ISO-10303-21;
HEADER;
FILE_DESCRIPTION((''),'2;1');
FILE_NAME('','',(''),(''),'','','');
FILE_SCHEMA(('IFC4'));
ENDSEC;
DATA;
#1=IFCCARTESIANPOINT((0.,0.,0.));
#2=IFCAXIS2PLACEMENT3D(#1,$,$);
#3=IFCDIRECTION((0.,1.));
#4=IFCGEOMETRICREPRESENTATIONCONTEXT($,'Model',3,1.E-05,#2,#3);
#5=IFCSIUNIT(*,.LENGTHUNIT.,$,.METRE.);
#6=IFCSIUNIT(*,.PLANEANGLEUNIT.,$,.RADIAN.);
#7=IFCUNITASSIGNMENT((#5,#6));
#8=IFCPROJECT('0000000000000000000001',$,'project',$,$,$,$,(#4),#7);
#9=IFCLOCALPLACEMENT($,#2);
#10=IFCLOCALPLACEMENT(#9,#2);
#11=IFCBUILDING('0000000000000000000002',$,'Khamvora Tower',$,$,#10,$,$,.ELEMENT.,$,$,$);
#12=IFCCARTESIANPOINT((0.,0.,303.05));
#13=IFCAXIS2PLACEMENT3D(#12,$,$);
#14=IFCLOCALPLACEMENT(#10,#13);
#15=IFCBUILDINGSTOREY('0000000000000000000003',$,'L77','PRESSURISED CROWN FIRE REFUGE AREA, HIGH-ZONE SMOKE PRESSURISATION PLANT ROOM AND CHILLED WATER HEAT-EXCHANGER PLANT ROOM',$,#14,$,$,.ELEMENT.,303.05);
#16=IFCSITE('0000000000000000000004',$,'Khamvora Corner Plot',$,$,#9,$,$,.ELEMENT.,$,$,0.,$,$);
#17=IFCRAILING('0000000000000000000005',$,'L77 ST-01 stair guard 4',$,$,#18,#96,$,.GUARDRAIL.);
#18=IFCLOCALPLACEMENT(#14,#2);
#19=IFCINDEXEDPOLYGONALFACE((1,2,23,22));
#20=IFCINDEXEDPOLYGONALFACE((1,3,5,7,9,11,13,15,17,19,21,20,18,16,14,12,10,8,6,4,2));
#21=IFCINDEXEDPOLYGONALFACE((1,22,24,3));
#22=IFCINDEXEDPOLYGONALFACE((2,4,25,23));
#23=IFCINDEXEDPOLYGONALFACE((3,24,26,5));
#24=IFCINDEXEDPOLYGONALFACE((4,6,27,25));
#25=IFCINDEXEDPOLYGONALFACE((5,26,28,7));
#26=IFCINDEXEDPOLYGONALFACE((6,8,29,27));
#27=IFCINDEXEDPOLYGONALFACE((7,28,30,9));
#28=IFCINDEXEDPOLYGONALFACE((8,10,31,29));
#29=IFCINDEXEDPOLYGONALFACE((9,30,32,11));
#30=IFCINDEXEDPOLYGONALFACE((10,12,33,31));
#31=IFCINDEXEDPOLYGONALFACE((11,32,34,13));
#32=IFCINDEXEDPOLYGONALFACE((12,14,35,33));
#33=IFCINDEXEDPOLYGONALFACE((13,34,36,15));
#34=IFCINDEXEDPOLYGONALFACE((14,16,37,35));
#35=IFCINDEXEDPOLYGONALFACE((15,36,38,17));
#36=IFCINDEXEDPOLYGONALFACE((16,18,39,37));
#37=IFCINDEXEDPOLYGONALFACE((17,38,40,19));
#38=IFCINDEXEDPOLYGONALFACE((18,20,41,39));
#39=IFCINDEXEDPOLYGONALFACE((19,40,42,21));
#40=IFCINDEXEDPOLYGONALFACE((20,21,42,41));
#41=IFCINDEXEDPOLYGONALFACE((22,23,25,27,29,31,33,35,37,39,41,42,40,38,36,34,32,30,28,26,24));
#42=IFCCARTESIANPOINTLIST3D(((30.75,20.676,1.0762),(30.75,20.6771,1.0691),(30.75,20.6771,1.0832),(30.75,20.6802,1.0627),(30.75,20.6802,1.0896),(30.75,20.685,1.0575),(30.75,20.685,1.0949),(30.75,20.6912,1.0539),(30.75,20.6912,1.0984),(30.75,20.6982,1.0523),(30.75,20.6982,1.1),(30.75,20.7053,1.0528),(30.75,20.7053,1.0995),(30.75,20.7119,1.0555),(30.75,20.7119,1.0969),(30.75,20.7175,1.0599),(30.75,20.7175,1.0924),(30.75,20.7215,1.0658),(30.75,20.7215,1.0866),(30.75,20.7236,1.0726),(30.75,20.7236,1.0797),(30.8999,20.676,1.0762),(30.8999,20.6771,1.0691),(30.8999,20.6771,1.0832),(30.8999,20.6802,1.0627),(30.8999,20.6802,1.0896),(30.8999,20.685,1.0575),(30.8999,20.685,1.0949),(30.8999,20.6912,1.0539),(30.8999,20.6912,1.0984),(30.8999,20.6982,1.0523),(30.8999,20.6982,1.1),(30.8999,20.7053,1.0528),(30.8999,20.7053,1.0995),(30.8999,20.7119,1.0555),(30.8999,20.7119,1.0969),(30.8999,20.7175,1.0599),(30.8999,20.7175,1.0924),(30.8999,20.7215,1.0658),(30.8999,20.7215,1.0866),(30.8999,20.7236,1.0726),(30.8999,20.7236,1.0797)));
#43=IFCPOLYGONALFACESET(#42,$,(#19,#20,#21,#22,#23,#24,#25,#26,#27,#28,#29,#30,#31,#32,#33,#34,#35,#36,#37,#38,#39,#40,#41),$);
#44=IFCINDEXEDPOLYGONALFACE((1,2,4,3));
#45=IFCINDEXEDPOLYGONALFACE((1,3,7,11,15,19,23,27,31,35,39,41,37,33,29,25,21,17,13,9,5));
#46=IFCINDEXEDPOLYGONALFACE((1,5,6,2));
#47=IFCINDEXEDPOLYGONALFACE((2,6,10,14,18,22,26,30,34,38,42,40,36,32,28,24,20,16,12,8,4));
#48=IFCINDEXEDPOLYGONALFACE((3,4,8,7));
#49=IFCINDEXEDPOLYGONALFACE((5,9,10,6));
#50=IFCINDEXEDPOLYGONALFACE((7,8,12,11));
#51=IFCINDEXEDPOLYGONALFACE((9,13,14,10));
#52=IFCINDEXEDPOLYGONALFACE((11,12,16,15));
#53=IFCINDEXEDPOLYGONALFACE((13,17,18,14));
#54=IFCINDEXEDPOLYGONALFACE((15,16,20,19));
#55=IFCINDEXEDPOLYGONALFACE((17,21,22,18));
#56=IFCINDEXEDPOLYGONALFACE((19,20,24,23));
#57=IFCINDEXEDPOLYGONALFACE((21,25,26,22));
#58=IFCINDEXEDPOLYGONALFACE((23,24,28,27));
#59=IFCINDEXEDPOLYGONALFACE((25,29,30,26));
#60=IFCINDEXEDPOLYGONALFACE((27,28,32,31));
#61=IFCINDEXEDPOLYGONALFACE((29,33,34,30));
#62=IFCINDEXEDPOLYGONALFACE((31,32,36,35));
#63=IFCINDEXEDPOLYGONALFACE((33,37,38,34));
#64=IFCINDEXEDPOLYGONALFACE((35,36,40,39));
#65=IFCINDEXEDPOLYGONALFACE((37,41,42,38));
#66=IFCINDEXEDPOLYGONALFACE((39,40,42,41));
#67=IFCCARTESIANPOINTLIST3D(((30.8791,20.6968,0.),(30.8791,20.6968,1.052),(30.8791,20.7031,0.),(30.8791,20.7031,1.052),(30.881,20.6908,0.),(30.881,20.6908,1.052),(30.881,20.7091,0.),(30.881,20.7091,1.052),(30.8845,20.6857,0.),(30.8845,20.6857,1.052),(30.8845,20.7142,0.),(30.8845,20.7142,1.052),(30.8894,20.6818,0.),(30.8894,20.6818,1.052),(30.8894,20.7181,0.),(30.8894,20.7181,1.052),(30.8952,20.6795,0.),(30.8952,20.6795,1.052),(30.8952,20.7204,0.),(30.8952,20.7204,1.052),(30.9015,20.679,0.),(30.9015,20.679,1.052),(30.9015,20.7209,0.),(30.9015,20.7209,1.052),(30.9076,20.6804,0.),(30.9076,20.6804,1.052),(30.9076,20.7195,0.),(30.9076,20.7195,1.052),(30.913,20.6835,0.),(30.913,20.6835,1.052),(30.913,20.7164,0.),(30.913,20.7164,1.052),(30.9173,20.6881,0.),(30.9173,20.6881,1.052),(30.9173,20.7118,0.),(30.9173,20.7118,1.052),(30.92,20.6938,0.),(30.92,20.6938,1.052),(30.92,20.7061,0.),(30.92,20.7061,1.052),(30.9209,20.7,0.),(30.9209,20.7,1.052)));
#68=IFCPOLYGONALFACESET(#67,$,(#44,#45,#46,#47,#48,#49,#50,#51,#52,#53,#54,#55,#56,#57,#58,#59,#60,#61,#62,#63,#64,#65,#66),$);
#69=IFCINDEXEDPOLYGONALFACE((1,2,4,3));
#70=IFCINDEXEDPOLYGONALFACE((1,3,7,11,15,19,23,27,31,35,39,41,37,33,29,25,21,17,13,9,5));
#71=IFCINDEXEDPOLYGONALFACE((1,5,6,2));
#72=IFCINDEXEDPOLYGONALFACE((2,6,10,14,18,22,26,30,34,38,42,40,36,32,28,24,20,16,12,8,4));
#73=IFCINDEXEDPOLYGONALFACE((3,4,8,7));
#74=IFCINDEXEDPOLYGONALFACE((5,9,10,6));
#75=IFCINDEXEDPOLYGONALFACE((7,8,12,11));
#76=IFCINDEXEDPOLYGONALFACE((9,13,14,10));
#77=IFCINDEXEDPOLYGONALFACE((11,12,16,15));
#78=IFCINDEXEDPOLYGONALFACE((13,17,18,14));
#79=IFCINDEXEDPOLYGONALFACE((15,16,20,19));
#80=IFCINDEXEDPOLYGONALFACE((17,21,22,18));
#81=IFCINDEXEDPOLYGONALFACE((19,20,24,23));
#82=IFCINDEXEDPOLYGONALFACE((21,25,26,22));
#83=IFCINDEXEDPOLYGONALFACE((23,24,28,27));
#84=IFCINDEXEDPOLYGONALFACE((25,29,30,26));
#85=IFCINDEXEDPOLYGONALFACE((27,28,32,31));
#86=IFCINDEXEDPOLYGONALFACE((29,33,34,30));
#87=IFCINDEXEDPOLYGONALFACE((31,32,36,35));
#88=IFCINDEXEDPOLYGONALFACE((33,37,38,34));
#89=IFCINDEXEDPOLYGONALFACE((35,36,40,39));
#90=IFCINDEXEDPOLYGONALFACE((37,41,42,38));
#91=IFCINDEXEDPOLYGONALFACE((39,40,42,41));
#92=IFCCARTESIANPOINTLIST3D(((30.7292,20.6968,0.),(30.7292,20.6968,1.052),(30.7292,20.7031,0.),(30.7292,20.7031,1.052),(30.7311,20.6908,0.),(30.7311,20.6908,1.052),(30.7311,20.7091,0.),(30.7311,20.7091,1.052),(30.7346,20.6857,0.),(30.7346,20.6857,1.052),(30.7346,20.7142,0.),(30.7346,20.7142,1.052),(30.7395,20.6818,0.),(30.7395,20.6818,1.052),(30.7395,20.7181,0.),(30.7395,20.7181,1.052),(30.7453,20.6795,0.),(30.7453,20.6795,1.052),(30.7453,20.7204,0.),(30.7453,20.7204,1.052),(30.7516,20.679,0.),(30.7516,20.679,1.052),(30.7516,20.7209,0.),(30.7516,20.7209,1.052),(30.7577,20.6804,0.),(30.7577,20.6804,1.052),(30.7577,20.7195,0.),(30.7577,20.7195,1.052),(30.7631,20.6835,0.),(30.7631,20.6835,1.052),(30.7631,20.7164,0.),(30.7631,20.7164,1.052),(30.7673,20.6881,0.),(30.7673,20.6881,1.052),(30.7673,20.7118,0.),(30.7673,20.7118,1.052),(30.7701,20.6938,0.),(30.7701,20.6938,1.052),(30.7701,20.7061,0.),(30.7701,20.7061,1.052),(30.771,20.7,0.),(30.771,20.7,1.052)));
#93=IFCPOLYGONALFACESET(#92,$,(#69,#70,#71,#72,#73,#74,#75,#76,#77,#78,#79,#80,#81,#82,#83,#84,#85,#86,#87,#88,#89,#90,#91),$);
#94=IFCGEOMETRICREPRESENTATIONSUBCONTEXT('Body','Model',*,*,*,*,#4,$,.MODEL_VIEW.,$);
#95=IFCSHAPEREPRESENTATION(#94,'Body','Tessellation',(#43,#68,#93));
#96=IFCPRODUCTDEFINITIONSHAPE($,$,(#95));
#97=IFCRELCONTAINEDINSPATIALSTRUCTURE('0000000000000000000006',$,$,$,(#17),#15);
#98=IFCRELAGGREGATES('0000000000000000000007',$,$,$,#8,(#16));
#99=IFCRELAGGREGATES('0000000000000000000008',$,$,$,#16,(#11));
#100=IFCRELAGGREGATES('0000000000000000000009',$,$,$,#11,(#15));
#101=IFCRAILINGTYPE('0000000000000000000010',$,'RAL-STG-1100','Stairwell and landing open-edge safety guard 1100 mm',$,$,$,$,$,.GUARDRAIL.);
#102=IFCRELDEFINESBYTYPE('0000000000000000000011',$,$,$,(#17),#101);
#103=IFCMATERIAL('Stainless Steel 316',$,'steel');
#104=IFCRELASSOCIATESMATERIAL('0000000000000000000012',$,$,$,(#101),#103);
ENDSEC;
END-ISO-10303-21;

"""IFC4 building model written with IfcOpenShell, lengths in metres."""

from ifc_helpers import new_model, si_unit, direction, frame, origin, origin_2d, place, context, subcontext, project, spatial, circle, extrude, material, type_object, element, save


model = new_model("IFC4")

# Units and contexts
model_context = context("Model", 3, precision=1e-05, world=origin(), true_north=direction((0.0, 1.0)))
body_context = subcontext(model_context, "Body", "Model", "MODEL_VIEW")
ifc_project = project(units=[si_unit("LENGTHUNIT", "METRE"), si_unit("PLANEANGLEUNIT", "RADIAN")], contexts=[model_context])

# Site, building, storey
site_placement = place(None, origin())
site = spatial("IfcSite", under=ifc_project, at=site_placement, Name="Khamvora Corner Plot", CompositionType="ELEMENT", RefElevation=0.0)
building_placement = place(site_placement, origin())
building = spatial("IfcBuilding", under=site, at=building_placement, Name="Khamvora Tower", CompositionType="ELEMENT")
storey_placement = place(building_placement, frame((0.0, 0.0, 303.05)))
storey = spatial("IfcBuildingStorey", under=building, at=storey_placement, Name="L77", Description="PRESSURISED CROWN FIRE REFUGE AREA, HIGH-ZONE SMOKE PRESSURISATION PLANT ROOM AND CHILLED WATER HEAT-EXCHANGER PLANT ROOM", CompositionType="ELEMENT", Elevation=303.05)

# Railing
ifc_material_1 = material(Name="Stainless Steel 316", Category="steel")
railing_type_1 = type_object("IfcRailingType", Name="RAL-STG-1100", Description="Stairwell and landing open-edge safety guard 1100 mm", PredefinedType="GUARDRAIL", material=ifc_material_1)
railing_1_placement = place(storey_placement, frame((30.8999, 20.7, 0.0)))
element("IfcRailing", 1, at=railing_1_placement, inside=storey, type_object=railing_type_1, Name="L77 ST-01 stair guard 4", PredefinedType="GUARDRAIL", context=body_context, shape_type="SweptSolid", body=[
    extrude(circle(Radius=0.0239, at=origin_2d()), frame((0.0, 0.0, 1.0762), z_axis=(-1.0, 0.0, 0.0), x_axis=(0.0, -1.0, 0.0)), (0.0, 0.0, 1.0), 0.1499),
    extrude(circle(Radius=0.021, at=origin_2d()), origin(), (0.0, 0.0, 1.0), 1.052),
    extrude(circle(Radius=0.021, at=origin_2d()), frame((-0.1499, 0.0, 0.0)), (0.0, 0.0, 1.0), 1.052),
])

save(model, "model.ifc")
